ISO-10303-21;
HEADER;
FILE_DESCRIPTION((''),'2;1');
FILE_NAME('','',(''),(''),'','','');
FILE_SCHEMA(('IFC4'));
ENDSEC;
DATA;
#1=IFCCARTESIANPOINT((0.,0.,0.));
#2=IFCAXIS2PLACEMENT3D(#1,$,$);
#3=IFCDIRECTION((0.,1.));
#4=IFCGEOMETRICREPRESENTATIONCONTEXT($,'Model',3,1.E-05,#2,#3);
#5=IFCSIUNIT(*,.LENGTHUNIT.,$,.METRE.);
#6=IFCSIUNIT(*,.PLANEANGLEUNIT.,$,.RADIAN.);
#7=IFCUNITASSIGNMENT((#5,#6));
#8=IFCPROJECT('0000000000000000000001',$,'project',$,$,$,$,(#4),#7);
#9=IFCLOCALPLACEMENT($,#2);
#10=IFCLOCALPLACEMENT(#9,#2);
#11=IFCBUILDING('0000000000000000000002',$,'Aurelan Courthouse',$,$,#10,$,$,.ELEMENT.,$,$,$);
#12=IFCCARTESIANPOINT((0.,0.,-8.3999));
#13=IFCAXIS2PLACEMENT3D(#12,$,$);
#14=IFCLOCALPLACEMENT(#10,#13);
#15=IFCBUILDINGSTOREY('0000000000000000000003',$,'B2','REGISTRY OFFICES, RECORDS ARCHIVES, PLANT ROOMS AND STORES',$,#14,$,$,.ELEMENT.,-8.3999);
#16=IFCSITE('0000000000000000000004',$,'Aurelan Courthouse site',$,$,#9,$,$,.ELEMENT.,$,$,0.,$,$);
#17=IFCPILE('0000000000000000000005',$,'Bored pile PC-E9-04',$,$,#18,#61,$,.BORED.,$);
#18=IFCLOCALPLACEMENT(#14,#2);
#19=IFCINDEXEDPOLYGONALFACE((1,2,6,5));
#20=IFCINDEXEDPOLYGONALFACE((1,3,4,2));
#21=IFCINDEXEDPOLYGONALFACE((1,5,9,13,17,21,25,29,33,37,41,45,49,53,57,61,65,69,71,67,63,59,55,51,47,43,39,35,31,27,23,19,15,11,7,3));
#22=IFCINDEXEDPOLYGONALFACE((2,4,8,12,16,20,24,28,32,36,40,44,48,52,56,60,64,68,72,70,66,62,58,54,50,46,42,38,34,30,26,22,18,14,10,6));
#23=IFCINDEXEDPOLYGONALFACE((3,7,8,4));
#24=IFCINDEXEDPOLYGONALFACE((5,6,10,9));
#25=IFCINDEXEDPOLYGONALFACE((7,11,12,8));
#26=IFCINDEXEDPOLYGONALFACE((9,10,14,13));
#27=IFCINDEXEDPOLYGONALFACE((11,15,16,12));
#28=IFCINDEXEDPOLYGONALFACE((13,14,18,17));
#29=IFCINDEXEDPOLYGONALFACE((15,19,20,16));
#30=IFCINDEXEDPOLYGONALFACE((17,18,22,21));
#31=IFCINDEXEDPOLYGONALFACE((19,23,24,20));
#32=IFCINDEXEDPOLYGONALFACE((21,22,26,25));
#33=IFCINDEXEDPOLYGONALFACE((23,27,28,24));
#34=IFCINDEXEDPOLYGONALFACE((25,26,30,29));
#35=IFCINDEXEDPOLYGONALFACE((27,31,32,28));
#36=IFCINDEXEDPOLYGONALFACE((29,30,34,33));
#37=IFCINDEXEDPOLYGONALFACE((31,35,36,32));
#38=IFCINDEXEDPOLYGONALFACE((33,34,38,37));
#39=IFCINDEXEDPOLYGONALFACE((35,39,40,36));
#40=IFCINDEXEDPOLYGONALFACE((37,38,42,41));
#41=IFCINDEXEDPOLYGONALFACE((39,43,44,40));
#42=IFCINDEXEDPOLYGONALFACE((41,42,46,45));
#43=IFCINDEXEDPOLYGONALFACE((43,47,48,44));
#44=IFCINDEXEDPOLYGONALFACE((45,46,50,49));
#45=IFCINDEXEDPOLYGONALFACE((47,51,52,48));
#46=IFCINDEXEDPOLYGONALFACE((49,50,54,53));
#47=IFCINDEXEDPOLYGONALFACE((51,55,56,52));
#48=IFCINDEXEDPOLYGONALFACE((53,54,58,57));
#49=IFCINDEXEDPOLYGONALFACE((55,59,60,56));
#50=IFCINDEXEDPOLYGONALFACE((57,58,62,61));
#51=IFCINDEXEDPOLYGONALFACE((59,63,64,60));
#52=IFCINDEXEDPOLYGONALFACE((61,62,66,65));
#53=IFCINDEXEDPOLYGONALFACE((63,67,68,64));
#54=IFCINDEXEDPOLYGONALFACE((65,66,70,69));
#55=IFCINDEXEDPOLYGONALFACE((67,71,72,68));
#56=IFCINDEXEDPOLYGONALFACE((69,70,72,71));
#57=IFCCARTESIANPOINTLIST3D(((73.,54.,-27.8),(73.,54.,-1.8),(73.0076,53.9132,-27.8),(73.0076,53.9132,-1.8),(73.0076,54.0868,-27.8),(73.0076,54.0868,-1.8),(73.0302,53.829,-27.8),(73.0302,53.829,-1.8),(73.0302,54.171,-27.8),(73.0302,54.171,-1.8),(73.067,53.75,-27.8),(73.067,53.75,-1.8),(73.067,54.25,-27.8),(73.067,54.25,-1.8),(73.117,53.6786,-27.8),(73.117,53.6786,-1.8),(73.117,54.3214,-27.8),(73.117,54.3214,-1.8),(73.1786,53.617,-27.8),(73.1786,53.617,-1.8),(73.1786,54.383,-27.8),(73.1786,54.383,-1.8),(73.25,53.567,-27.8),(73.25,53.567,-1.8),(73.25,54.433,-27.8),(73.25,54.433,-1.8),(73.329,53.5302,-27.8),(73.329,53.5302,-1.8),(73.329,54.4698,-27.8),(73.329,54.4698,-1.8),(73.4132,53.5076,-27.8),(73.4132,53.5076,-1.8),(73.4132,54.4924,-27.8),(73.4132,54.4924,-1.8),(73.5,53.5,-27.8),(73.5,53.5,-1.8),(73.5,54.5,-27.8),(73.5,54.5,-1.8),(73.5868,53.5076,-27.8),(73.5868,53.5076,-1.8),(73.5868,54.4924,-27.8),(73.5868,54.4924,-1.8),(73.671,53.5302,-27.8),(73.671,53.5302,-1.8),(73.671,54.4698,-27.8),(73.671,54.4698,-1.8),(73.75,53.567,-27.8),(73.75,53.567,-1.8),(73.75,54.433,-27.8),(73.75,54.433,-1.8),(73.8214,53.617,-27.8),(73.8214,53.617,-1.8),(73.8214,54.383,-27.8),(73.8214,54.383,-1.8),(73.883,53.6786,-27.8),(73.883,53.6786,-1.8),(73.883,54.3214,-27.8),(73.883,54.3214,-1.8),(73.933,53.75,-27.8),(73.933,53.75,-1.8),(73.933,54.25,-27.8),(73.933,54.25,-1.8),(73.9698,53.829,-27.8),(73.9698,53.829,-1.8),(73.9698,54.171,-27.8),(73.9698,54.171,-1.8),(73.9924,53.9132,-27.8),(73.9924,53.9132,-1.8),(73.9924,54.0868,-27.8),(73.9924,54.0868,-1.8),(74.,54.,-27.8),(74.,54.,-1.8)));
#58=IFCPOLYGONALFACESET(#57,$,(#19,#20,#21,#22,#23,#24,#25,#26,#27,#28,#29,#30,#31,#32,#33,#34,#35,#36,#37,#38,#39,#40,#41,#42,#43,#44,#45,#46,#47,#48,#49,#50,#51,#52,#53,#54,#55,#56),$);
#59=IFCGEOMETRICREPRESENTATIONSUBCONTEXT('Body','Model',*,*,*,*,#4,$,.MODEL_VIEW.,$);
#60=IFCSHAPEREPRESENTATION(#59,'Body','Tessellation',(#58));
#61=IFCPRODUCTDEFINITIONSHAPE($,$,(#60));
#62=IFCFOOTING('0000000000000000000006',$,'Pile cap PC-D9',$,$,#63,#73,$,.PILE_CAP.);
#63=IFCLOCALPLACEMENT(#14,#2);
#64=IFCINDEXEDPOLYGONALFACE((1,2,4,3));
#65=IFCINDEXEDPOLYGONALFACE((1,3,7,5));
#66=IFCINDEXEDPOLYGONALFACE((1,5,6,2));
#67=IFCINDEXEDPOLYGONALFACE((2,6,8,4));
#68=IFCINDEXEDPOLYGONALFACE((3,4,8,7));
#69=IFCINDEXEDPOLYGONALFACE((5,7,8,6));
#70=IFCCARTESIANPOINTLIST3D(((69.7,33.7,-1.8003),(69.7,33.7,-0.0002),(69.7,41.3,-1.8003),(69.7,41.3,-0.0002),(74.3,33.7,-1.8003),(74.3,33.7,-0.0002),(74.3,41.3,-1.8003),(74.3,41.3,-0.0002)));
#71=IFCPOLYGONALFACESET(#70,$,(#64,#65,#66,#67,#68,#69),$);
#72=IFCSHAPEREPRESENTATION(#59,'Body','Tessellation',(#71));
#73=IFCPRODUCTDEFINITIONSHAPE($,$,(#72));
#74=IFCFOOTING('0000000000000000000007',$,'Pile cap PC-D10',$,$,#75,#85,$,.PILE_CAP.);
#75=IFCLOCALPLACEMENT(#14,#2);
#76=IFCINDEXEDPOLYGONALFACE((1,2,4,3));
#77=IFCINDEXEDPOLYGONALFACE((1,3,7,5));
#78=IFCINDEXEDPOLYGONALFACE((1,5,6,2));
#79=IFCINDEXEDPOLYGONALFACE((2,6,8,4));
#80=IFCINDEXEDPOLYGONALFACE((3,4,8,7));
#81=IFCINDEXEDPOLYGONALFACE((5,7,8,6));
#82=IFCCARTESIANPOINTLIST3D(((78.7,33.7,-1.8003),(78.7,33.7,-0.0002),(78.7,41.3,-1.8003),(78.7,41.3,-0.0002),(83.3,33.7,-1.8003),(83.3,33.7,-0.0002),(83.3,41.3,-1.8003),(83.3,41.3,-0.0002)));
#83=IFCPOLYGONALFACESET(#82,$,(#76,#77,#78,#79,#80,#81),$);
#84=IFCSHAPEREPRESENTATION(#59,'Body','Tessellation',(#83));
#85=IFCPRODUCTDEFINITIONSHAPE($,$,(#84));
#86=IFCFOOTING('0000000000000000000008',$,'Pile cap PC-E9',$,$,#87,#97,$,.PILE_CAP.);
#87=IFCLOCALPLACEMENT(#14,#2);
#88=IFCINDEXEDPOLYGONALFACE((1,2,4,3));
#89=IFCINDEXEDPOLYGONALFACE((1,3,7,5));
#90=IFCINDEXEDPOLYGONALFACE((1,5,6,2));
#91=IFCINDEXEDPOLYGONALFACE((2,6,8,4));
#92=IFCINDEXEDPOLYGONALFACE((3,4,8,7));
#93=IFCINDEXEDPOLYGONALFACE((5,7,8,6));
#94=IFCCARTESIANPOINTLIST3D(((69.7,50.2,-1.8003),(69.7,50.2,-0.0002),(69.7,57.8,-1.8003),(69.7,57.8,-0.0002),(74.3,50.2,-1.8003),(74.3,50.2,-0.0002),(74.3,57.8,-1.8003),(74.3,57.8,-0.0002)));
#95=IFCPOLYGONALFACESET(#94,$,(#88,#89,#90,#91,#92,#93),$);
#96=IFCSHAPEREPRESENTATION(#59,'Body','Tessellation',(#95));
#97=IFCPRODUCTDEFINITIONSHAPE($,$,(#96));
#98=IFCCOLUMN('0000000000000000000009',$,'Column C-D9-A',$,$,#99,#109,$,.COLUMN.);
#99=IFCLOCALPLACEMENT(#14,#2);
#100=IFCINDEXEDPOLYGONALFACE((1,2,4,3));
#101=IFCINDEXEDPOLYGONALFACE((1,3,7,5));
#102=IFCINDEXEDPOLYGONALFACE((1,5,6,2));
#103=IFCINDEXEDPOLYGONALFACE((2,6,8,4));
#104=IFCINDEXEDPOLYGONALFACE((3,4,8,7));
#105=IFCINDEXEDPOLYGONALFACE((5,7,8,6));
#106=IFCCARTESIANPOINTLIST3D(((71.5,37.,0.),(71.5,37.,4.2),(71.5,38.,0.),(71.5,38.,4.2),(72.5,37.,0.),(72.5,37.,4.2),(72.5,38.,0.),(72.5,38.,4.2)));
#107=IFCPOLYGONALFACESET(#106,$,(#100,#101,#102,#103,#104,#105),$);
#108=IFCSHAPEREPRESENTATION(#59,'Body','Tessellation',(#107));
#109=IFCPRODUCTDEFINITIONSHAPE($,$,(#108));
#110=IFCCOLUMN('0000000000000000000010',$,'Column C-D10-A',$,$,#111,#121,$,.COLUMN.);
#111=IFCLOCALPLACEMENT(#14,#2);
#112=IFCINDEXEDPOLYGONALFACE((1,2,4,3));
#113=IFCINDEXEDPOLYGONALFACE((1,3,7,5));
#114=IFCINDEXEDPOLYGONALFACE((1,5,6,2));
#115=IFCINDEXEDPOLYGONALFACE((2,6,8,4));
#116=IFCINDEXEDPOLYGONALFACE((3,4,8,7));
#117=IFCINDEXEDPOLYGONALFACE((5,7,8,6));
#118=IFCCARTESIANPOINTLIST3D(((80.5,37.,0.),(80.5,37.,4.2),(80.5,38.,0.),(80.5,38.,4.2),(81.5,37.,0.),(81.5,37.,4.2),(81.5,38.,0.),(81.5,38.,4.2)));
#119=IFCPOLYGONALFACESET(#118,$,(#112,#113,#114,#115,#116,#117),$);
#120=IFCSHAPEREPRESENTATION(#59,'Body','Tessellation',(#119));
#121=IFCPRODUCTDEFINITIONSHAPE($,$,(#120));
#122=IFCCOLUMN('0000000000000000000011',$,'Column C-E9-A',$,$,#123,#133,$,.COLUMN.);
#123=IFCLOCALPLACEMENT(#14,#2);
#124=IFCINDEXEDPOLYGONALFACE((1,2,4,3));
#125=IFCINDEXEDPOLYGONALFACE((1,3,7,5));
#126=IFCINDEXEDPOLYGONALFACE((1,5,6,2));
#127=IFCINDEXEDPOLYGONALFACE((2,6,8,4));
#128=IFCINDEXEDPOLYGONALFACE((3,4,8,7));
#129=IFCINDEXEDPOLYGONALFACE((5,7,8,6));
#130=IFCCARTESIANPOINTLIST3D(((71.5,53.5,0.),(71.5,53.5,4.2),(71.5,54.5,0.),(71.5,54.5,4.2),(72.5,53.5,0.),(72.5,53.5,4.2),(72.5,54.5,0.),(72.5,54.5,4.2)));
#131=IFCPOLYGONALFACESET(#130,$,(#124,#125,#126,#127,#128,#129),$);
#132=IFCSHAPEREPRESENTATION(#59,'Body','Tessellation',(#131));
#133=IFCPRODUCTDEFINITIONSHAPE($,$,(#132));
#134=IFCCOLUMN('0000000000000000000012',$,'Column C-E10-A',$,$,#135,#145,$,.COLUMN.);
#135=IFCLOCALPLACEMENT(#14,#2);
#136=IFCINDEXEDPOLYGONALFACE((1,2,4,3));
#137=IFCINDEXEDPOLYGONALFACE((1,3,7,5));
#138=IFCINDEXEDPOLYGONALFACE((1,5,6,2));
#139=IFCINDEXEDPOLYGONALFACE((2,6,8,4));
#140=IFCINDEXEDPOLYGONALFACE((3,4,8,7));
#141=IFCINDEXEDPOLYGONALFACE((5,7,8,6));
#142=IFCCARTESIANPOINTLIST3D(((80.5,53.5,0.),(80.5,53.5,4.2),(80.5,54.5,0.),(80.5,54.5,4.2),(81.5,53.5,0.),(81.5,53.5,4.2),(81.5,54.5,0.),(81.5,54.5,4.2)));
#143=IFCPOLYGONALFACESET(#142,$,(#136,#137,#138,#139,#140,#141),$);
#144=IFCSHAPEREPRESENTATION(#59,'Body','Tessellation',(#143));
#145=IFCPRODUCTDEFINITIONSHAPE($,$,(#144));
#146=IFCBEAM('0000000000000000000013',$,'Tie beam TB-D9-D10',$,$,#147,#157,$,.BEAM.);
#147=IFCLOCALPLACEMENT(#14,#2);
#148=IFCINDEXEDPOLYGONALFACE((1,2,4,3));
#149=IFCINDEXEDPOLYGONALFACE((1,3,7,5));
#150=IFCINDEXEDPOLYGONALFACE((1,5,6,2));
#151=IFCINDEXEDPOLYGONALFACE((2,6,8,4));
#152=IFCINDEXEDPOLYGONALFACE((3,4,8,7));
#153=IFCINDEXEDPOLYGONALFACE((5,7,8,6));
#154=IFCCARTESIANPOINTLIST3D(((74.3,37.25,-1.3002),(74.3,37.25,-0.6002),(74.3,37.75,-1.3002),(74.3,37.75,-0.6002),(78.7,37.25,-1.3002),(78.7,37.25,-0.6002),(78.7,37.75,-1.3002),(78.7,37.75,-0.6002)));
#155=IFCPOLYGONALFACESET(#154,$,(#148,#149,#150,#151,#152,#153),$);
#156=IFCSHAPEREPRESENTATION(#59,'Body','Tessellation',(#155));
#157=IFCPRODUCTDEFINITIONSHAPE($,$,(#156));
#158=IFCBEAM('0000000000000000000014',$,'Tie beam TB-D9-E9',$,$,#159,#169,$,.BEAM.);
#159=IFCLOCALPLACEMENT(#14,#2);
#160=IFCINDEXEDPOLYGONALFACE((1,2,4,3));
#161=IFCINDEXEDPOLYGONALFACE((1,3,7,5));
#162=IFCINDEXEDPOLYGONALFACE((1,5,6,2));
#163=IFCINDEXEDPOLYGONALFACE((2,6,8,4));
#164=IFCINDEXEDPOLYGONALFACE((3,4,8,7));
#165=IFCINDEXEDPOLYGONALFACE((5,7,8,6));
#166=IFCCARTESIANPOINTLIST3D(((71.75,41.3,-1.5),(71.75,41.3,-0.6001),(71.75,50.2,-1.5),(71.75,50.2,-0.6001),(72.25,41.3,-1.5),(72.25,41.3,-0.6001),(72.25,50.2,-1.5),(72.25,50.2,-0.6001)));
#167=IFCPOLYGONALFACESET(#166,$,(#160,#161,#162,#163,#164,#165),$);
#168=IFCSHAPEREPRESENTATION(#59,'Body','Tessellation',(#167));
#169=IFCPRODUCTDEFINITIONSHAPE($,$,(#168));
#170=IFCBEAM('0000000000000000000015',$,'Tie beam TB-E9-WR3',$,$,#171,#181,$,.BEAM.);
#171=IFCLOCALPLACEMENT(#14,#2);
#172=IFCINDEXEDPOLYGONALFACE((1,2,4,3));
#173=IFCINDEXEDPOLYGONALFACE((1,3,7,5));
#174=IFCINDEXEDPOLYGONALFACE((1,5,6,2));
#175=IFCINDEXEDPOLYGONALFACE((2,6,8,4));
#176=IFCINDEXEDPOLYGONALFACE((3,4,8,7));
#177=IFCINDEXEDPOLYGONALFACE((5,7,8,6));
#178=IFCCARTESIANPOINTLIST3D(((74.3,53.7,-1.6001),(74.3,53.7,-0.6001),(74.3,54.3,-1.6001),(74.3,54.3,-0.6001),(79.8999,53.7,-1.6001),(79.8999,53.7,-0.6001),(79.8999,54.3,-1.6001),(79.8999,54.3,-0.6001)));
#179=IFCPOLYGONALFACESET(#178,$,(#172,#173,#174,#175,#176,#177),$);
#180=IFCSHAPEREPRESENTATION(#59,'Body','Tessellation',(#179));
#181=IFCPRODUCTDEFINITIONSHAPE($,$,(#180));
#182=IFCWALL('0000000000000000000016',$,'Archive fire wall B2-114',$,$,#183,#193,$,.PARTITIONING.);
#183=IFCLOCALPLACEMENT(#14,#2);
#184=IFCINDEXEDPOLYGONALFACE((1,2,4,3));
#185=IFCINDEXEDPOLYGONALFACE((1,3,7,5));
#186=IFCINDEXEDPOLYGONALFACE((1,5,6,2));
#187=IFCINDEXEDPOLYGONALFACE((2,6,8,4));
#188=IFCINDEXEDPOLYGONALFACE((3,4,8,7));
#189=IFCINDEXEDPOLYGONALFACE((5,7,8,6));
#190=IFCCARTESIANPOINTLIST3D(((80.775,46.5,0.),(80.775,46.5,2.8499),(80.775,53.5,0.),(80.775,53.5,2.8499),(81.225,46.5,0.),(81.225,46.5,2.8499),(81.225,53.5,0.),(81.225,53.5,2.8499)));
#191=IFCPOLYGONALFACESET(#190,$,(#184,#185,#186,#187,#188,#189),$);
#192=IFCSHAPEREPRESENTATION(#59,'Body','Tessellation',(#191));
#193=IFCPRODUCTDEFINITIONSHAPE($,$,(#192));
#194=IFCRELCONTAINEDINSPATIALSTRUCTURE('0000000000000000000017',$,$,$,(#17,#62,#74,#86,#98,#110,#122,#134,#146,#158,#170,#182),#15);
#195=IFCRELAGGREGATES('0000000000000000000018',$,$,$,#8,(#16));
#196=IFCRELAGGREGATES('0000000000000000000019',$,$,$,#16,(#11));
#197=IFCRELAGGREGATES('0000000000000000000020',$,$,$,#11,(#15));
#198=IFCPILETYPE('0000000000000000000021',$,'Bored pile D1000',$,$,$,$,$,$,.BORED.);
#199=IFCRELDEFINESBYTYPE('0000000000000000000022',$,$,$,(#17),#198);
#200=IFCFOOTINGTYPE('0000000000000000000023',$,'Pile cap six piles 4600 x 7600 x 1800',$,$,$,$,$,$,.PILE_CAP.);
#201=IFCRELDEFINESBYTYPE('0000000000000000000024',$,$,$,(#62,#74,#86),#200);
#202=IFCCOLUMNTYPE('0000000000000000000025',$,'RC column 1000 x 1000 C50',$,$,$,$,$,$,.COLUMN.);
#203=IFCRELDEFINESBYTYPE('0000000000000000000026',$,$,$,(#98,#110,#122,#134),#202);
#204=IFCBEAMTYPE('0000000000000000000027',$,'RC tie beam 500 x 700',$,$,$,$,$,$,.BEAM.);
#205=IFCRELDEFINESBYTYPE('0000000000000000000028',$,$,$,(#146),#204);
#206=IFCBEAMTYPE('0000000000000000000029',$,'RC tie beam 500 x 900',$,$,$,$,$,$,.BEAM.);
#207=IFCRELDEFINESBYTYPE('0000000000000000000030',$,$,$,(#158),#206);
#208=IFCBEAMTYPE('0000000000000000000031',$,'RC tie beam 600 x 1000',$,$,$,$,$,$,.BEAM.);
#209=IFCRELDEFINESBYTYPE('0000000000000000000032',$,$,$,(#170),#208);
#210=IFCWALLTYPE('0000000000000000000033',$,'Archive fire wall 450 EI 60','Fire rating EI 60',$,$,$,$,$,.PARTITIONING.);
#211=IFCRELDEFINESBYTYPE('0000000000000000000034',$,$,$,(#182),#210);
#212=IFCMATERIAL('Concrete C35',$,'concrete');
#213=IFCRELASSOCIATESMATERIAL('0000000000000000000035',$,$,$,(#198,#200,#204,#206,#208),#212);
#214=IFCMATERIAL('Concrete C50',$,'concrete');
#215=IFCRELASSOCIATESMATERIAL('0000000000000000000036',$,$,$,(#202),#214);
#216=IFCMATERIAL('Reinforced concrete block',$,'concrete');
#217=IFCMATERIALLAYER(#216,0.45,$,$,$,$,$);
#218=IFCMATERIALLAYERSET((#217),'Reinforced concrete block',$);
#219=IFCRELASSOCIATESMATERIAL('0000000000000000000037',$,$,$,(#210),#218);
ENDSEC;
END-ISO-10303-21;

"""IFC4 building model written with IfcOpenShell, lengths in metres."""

from ifc_helpers import new_model, si_unit, direction, frame, frame_2d, origin, origin_2d, place, context, subcontext, project, spatial, rectangle, circle, extrude, material, layer, layer_set, material_profile, profile_set, type_object, element, save


model = new_model("IFC4")

# Units and contexts
model_context = context("Model", 3, precision=1e-05, world=origin(), true_north=direction((0.0, 1.0)))
body_context = subcontext(model_context, "Body", "Model", "MODEL_VIEW")
ifc_project = project(units=[si_unit("LENGTHUNIT", "METRE"), si_unit("PLANEANGLEUNIT", "RADIAN")], contexts=[model_context])

# Site, building, storey
site_placement = place(None, origin())
site = spatial("IfcSite", under=ifc_project, at=site_placement, Name="Aurelan Courthouse site", CompositionType="ELEMENT", RefElevation=0.0)
building_placement = place(site_placement, origin())
building = spatial("IfcBuilding", under=site, at=building_placement, Name="Aurelan Courthouse", CompositionType="ELEMENT")
storey_placement = place(building_placement, frame((0.0, 0.0, -8.3999)))
storey = spatial("IfcBuildingStorey", under=building, at=storey_placement, Name="B2", Description="REGISTRY OFFICES, RECORDS ARCHIVES, PLANT ROOMS AND STORES", CompositionType="ELEMENT", Elevation=-8.3999)

# Pile
ifc_material_1 = material(Name="Concrete C35", Category="concrete")
ifc_material_profile_1 = material_profile(ifc_material_1, circle(Radius=0.5, at=origin_2d()), Name="D1000")
ifc_profile_set_1 = profile_set([ifc_material_profile_1], Name="Concrete C35")
pile_type = type_object("IfcPileType", Name="Bored pile D1000", PredefinedType="BORED", material=ifc_profile_set_1)
for number, where, z_axis, x_axis, name in (
    (1, (73.5, 54.0, -1.8), (0.0, 0.0, -1.0), (1.0, 0.0, 0.0), "Bored pile PC-E9-04"),
):
    element("IfcPile", number, at=place(storey_placement, frame(where, z_axis=z_axis, x_axis=x_axis)), inside=storey, type_object=pile_type, Name=name, PredefinedType="BORED", context=body_context, shape_type="SweptSolid", body=[
        extrude(circle(Radius=0.5, at=origin_2d()), origin(), (0.0, 0.0, 1.0), 26.0),
    ])

# Footings
footing_type = type_object("IfcFootingType", Name="Pile cap six piles 4600 x 7600 x 1800", PredefinedType="PILE_CAP", material=ifc_material_1)
for number, where, z_axis, x_axis, name in (
    (2, (72.0, 37.5, -1.8003), (0.0, 0.0, 1.0), (1.0, 0.0, 0.0), "Pile cap PC-D9"),
    (3, (81.0, 37.5, -1.8003), (0.0, 0.0, 1.0), (1.0, 0.0, 0.0), "Pile cap PC-D10"),
    (4, (72.0, 54.0, -1.8003), (0.0, 0.0, 1.0), (1.0, 0.0, 0.0), "Pile cap PC-E9"),
):
    element("IfcFooting", number, at=place(storey_placement, frame(where, z_axis=z_axis, x_axis=x_axis)), inside=storey, type_object=footing_type, Name=name, PredefinedType="PILE_CAP", context=body_context, shape_type="SweptSolid", body=[
        extrude(rectangle(XDim=4.6001, YDim=7.6001, at=origin_2d()), origin(), (0.0, 0.0, 1.0), 1.8),
    ])

# Columns
ifc_material_2 = material(Name="Concrete C50", Category="concrete")
ifc_material_profile_2 = material_profile(ifc_material_2, rectangle(XDim=1.0, YDim=1.0, at=origin_2d()), Name="RC 1000 x 1000")
ifc_profile_set_2 = profile_set([ifc_material_profile_2], Name="Concrete C50")
column_type = type_object("IfcColumnType", Name="RC column 1000 x 1000 C50", PredefinedType="COLUMN", material=ifc_profile_set_2)
for number, where, z_axis, x_axis, name in (
    (5, (72.0, 37.5, 0.0), (0.0, 0.0, 1.0), (1.0, 0.0, 0.0), "Column C-D9-A"),
    (6, (81.0, 37.5, 0.0), (0.0, 0.0, 1.0), (1.0, 0.0, 0.0), "Column C-D10-A"),
    (7, (72.0, 54.0, 0.0), (0.0, 0.0, 1.0), (1.0, 0.0, 0.0), "Column C-E9-A"),
    (8, (81.0, 54.0, 0.0), (0.0, 0.0, 1.0), (1.0, 0.0, 0.0), "Column C-E10-A"),
):
    element("IfcColumn", number, at=place(storey_placement, frame(where, z_axis=z_axis, x_axis=x_axis)), inside=storey, type_object=column_type, Name=name, PredefinedType="COLUMN", context=body_context, shape_type="SweptSolid", body=[
        extrude(rectangle(XDim=1.0, YDim=1.0, at=origin_2d()), origin(), (0.0, 0.0, 1.0), 4.2),
    ])

# Beams
ifc_material_profile_3 = material_profile(ifc_material_1, rectangle(XDim=0.5, YDim=0.7, at=origin_2d()), Name="RC 500 x 700")
ifc_profile_set_3 = profile_set([ifc_material_profile_3], Name="Concrete C35")
beam_type_1 = type_object("IfcBeamType", Name="RC tie beam 500 x 700", PredefinedType="BEAM", material=ifc_profile_set_3)
beam_1_placement = place(storey_placement, frame((74.3, 37.5, -0.9502), z_axis=(1.0, 0.0, 0.0), x_axis=(0.0, 1.0, 0.0)))
element("IfcBeam", 9, at=beam_1_placement, inside=storey, type_object=beam_type_1, Name="Tie beam TB-D9-D10", PredefinedType="BEAM", context=body_context, shape_type="SweptSolid", body=[
    extrude(rectangle(XDim=0.5, YDim=0.7, at=origin_2d()), origin(), (0.0, 0.0, 1.0), 4.3999),
])
ifc_material_profile_4 = material_profile(ifc_material_1, rectangle(XDim=0.5, YDim=0.8999, at=origin_2d()), Name="RC 500 x 900")
ifc_profile_set_4 = profile_set([ifc_material_profile_4], Name="Concrete C35")
beam_type_2 = type_object("IfcBeamType", Name="RC tie beam 500 x 900", PredefinedType="BEAM", material=ifc_profile_set_4)
beam_2_placement = place(storey_placement, frame((72.0, 41.3, -1.05), z_axis=(0.0, 1.0, 0.0), x_axis=(-1.0, 0.0, 0.0)))
element("IfcBeam", 10, at=beam_2_placement, inside=storey, type_object=beam_type_2, Name="Tie beam TB-D9-E9", PredefinedType="BEAM", context=body_context, shape_type="SweptSolid", body=[
    extrude(rectangle(XDim=0.5, YDim=0.8999, at=origin_2d()), origin(), (0.0, 0.0, 1.0), 8.8999),
])
ifc_material_profile_5 = material_profile(ifc_material_1, rectangle(XDim=0.6001, YDim=1.0, at=origin_2d()), Name="RC 600 x 1000")
ifc_profile_set_5 = profile_set([ifc_material_profile_5], Name="Concrete C35")
beam_type_3 = type_object("IfcBeamType", Name="RC tie beam 600 x 1000", PredefinedType="BEAM", material=ifc_profile_set_5)
beam_3_placement = place(storey_placement, frame((74.3, 54.0, -1.1001), z_axis=(1.0, 0.0, 0.0), x_axis=(0.0, 1.0, 0.0)))
element("IfcBeam", 11, at=beam_3_placement, inside=storey, type_object=beam_type_3, Name="Tie beam TB-E9-WR3", PredefinedType="BEAM", context=body_context, shape_type="SweptSolid", body=[
    extrude(rectangle(XDim=0.6001, YDim=1.0, at=origin_2d()), origin(), (0.0, 0.0, 1.0), 5.5999),
])

# Shared definitions
ifc_material_3 = material(Name="Reinforced concrete block", Category="concrete")
ifc_layer_1 = layer(ifc_material_3, 0.45)
ifc_layer_set_1 = layer_set([ifc_layer_1], Name="Reinforced concrete block")
wall_type_1 = type_object("IfcWallType", Name="Archive fire wall 450 EI 60", Description="Fire rating EI 60", PredefinedType="PARTITIONING", material=ifc_layer_set_1)

# Wall
wall_1_placement = place(storey_placement, frame((81.0, 46.5, 0.0), z_axis=(0.0, 0.0, 1.0), x_axis=(0.0, 1.0, 0.0)))
element("IfcWall", 12, at=wall_1_placement, inside=storey, type_object=wall_type_1, Name="Archive fire wall B2-114", PredefinedType="PARTITIONING", context=body_context, shape_type="SweptSolid", body=[
    extrude(rectangle(XDim=7.0, YDim=0.45, at=frame_2d((3.5, 0.0))), origin(), (0.0, 0.0, 1.0), 2.8499),
])

save(model, "model.ifc")
